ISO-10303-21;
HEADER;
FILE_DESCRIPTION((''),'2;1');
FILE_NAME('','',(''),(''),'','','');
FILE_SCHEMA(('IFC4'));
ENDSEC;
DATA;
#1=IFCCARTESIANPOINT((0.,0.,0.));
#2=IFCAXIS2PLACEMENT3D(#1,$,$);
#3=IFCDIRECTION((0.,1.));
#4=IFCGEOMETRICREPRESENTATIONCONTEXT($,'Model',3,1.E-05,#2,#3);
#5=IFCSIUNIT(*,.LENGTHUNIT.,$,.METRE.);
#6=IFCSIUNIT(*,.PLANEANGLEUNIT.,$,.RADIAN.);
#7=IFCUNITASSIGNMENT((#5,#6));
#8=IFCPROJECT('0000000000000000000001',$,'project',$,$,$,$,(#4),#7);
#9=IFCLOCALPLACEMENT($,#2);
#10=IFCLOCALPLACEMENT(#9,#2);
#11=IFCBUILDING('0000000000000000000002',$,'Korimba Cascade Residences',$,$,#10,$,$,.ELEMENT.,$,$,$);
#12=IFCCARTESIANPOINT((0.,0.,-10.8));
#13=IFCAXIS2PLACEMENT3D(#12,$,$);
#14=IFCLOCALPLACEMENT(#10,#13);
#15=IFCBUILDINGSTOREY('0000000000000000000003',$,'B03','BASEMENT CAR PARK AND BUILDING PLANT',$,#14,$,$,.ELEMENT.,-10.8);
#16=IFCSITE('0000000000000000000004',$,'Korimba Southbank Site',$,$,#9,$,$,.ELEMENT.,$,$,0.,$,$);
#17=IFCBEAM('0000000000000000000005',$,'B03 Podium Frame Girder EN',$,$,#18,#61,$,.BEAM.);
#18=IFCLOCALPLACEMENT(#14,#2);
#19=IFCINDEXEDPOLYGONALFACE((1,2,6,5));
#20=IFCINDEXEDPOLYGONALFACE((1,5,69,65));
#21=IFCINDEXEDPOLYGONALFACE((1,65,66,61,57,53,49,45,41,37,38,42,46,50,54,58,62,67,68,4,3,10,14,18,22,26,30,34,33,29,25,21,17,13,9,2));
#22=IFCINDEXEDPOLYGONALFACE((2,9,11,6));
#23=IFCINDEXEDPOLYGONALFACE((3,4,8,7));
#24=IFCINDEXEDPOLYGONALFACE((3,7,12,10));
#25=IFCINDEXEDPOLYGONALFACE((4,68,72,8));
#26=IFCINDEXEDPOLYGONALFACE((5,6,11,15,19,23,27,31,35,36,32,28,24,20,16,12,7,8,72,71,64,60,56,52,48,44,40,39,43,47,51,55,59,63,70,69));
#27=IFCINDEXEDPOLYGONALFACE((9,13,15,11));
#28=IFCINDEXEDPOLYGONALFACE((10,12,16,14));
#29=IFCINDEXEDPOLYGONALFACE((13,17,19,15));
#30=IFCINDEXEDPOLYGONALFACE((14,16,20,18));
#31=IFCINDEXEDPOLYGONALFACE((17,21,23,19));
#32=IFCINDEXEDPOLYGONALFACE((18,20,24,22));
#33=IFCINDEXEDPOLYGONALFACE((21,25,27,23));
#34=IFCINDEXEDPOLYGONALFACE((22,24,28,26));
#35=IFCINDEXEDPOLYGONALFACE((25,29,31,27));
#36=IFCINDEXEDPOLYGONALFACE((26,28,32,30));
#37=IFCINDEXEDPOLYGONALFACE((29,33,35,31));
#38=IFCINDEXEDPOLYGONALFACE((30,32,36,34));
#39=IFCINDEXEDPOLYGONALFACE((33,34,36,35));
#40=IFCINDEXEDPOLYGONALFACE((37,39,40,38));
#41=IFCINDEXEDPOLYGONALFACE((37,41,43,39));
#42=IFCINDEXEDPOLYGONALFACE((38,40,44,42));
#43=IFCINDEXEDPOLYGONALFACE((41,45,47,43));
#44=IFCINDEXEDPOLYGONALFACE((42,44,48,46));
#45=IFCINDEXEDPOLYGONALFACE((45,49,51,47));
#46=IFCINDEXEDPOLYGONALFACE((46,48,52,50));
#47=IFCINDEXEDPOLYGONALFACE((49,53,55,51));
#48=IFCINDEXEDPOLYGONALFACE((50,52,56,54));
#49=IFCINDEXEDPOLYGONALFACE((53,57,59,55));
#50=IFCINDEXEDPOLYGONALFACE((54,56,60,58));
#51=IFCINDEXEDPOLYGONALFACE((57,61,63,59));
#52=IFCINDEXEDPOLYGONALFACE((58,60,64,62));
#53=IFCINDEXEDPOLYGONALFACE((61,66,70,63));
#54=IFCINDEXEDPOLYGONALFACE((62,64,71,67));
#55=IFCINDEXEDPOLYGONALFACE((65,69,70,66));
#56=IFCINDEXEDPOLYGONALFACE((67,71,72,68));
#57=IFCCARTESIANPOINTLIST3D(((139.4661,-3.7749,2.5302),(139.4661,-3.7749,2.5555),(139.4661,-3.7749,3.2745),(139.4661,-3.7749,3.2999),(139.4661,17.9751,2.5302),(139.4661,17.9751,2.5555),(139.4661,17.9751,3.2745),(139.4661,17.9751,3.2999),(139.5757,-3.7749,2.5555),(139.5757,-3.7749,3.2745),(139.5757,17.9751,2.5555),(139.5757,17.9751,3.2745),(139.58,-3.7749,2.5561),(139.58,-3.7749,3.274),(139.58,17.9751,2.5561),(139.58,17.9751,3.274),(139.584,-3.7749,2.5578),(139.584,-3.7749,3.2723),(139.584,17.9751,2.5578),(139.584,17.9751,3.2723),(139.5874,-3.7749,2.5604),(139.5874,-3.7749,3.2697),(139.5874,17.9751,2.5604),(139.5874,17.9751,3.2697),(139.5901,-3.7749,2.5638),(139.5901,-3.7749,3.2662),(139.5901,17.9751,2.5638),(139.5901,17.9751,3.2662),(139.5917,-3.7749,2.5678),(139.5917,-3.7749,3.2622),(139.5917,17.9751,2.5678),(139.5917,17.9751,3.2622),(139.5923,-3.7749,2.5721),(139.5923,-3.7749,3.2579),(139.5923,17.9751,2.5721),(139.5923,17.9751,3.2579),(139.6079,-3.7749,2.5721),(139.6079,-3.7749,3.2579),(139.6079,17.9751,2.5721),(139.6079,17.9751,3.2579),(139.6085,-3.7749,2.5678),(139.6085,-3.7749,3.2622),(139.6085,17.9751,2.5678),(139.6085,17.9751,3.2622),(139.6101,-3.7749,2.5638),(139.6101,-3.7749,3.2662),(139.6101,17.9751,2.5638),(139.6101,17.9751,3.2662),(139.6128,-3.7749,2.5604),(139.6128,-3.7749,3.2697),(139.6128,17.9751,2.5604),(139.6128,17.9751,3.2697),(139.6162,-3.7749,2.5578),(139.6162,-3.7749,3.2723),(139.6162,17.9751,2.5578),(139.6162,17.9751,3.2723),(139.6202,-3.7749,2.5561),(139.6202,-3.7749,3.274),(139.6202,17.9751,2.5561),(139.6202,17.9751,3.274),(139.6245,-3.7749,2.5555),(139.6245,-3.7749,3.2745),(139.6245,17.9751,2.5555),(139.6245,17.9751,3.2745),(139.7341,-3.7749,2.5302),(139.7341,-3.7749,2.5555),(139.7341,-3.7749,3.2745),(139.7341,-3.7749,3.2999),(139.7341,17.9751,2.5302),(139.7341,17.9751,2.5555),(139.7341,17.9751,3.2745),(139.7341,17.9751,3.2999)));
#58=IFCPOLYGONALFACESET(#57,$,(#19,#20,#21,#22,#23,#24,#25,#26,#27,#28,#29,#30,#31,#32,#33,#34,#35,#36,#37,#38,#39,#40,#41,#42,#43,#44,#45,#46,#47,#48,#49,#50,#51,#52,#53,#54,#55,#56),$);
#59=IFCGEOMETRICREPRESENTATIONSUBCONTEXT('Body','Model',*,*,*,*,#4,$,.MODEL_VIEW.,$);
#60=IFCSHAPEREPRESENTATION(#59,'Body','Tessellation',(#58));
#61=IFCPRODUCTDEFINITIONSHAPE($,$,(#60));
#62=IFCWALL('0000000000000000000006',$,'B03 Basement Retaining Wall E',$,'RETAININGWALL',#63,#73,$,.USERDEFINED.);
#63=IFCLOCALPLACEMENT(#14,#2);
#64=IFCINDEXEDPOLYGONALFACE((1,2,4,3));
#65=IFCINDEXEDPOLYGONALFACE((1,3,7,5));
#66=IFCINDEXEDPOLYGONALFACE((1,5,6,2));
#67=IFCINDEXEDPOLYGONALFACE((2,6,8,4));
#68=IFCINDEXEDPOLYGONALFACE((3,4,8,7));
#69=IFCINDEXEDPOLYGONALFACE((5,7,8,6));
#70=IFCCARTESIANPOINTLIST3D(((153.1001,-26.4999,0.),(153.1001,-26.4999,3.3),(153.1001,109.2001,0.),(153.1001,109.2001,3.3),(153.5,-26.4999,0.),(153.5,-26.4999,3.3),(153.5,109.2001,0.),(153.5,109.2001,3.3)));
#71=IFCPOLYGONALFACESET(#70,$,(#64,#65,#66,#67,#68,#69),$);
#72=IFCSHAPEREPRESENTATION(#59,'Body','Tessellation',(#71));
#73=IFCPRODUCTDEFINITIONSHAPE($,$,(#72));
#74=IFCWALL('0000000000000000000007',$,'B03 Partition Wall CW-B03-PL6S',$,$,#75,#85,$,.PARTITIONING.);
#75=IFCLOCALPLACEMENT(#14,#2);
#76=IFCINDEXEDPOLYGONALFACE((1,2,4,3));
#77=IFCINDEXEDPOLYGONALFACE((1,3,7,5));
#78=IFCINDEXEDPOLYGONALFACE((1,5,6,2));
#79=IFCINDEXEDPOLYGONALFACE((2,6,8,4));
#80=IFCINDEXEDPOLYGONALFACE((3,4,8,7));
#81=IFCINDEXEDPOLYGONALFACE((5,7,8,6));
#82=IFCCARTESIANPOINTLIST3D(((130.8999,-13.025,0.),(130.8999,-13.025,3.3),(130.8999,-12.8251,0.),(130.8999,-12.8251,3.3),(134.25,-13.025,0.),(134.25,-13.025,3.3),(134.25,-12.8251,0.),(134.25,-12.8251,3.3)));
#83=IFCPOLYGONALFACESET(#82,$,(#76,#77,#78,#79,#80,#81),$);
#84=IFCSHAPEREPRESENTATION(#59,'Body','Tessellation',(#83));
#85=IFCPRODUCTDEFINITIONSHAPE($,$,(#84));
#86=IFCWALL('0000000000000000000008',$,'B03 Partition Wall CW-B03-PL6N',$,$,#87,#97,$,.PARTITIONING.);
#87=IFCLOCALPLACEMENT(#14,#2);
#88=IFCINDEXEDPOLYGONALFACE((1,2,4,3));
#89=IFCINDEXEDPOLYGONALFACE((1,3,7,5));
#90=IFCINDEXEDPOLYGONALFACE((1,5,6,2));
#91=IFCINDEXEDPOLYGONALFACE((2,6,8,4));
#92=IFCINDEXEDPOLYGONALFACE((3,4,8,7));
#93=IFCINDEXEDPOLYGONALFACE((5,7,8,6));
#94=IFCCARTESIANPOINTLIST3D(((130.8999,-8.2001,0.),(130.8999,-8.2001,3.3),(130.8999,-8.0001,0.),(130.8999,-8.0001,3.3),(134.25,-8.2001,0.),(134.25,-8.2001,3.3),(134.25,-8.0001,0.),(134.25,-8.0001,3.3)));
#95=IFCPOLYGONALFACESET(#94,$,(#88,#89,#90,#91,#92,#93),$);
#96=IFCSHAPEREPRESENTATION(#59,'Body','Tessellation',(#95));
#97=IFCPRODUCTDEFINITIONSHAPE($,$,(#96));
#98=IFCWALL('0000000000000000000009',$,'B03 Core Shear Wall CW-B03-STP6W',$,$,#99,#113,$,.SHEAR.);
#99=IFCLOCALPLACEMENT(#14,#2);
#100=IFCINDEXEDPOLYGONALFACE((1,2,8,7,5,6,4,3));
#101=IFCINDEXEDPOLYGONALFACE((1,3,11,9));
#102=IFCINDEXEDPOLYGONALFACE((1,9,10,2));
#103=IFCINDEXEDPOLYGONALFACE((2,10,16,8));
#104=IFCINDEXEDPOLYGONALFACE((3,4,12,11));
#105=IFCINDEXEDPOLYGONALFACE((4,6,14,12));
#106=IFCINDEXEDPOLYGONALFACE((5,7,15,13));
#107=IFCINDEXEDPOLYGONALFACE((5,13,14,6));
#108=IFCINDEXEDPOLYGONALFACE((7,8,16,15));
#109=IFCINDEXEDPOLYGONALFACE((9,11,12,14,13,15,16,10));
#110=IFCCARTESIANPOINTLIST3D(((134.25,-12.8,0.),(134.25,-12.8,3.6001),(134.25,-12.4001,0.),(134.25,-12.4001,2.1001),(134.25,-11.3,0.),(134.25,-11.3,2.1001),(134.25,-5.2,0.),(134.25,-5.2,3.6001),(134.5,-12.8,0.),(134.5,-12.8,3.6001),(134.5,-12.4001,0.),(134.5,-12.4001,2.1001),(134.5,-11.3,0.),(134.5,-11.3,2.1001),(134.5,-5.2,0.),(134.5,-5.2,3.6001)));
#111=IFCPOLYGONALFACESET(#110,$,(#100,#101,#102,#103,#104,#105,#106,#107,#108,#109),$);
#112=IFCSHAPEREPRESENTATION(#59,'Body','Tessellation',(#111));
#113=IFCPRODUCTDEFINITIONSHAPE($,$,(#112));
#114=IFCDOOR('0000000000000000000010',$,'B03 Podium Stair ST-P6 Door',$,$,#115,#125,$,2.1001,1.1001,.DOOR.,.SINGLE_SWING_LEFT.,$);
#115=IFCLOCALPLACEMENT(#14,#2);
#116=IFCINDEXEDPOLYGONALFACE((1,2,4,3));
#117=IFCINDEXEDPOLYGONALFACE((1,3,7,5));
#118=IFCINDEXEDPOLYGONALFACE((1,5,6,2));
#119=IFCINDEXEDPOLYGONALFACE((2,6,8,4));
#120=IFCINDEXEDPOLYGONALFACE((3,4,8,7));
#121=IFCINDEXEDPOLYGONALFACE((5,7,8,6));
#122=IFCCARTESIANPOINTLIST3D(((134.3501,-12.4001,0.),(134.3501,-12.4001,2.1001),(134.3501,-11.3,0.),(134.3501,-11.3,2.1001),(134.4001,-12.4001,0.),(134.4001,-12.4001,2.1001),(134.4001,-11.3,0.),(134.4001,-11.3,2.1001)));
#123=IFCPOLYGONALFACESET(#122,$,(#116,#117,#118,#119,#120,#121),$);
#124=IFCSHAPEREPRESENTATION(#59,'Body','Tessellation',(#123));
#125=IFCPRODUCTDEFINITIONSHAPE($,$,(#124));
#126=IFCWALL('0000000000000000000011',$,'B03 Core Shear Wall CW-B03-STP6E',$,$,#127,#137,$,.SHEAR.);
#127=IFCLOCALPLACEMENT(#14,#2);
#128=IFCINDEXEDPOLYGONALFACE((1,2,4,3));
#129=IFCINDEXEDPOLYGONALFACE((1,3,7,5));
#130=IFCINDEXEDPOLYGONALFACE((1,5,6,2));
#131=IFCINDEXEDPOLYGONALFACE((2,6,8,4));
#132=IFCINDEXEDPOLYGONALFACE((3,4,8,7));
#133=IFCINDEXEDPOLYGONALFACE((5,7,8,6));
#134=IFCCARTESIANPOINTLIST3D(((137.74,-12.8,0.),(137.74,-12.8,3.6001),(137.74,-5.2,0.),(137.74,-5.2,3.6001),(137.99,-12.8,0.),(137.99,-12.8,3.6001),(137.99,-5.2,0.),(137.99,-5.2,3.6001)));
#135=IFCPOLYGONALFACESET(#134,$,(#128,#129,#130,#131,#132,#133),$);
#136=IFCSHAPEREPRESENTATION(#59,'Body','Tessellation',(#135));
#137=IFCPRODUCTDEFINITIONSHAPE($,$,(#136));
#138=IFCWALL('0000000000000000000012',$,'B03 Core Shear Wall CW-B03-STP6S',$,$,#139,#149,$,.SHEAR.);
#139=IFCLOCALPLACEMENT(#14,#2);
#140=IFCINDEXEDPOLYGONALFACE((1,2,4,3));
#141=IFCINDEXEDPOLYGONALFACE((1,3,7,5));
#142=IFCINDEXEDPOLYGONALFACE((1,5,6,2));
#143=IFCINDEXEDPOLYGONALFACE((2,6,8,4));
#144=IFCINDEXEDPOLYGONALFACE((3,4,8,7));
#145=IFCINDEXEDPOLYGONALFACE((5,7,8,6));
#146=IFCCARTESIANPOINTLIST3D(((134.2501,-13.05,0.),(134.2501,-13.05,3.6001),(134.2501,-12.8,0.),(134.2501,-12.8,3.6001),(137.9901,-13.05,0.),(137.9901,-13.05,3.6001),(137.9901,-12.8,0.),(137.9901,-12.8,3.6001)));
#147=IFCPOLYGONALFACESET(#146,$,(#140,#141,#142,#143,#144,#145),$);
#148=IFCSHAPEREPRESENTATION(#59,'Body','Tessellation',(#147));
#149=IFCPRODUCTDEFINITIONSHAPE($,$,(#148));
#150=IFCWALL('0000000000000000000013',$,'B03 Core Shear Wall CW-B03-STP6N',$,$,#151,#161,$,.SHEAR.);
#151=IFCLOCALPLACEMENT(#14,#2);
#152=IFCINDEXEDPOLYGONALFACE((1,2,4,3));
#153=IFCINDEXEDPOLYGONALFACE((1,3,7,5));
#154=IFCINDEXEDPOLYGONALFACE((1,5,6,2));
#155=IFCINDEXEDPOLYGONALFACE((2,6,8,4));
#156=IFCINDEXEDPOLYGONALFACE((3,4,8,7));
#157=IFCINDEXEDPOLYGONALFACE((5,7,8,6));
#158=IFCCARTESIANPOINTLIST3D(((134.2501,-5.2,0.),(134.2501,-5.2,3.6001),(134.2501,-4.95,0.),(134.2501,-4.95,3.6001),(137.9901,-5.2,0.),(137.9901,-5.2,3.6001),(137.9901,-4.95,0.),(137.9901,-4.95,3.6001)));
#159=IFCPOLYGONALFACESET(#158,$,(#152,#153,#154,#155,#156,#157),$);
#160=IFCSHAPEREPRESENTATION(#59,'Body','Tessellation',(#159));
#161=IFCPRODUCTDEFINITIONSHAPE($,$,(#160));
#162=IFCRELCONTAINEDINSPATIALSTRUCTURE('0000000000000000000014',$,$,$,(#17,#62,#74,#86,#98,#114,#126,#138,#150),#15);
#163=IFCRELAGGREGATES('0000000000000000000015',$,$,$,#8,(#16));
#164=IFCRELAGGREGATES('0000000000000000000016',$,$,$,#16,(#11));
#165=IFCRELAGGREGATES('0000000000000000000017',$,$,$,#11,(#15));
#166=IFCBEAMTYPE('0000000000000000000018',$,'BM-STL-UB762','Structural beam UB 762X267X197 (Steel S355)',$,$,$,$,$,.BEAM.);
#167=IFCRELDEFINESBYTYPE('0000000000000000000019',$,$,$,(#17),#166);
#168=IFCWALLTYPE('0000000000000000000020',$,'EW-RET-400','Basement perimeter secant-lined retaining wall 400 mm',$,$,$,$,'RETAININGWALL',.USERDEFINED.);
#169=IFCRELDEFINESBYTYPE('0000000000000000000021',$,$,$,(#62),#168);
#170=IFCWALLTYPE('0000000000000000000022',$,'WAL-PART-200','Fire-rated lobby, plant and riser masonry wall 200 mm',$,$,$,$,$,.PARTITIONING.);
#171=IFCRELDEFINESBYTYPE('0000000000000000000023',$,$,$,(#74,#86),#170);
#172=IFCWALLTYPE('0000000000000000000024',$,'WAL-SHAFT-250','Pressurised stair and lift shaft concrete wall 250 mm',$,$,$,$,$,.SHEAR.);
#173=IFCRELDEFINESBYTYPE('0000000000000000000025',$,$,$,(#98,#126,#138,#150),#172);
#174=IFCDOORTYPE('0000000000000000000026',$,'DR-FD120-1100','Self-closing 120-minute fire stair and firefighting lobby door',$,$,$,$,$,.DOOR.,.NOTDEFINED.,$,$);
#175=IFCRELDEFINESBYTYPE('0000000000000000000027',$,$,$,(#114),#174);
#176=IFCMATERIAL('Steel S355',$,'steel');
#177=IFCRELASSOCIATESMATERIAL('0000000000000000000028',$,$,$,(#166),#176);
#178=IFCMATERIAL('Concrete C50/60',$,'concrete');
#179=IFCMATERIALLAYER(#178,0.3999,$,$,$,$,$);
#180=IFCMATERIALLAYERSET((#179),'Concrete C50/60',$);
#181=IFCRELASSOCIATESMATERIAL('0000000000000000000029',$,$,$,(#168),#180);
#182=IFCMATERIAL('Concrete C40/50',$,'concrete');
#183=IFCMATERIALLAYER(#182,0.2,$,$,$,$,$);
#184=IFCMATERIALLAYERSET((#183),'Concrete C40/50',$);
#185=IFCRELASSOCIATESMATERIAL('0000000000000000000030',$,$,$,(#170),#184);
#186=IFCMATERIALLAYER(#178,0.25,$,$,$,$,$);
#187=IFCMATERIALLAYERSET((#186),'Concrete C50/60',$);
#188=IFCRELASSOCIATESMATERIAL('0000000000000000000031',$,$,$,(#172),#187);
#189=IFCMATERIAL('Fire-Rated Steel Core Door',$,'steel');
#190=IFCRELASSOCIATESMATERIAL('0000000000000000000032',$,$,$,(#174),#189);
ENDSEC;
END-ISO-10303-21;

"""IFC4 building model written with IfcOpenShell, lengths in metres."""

from ifc_helpers import new_model, si_unit, direction, frame, frame_2d, origin, origin_2d, place, context, subcontext, project, spatial, rectangle, i_section, extrude, material, layer, layer_set, material_profile, profile_set, type_object, element, fill, save


model = new_model("IFC4")

# Units and contexts
model_context = context("Model", 3, precision=1e-05, world=origin(), true_north=direction((0.0, 1.0)))
body_context = subcontext(model_context, "Body", "Model", "MODEL_VIEW")
ifc_project = project(units=[si_unit("LENGTHUNIT", "METRE"), si_unit("PLANEANGLEUNIT", "RADIAN")], contexts=[model_context])

# Site, building, storey
site_placement = place(None, origin())
site = spatial("IfcSite", under=ifc_project, at=site_placement, Name="Korimba Southbank Site", CompositionType="ELEMENT", RefElevation=0.0)
building_placement = place(site_placement, origin())
building = spatial("IfcBuilding", under=site, at=building_placement, Name="Korimba Cascade Residences", CompositionType="ELEMENT")
storey_placement = place(building_placement, frame((0.0, 0.0, -10.8)))
storey = spatial("IfcBuildingStorey", under=building, at=storey_placement, Name="B03", Description="BASEMENT CAR PARK AND BUILDING PLANT", CompositionType="ELEMENT", Elevation=-10.8)

# Shared definitions
ifc_material_1 = material(Name="Concrete C50/60", Category="concrete")

# Beam
ifc_material_2 = material(Name="Steel S355", Category="steel")
ifc_material_profile_1 = material_profile(ifc_material_2, i_section(OverallWidth=0.2681, OverallDepth=0.7698, WebThickness=0.0156, FlangeThickness=0.0254, FilletRadius=0.0166, at=origin_2d()), Name="Steel S355")
ifc_profile_set_1 = profile_set([ifc_material_profile_1], Name="Steel S355")
beam_type_1 = type_object("IfcBeamType", Name="BM-STL-UB762", Description="Structural beam UB 762X267X197 (Steel S355)", PredefinedType="BEAM", material=ifc_profile_set_1)
beam_1_placement = place(storey_placement, frame((139.6001, -3.7749, 2.915), z_axis=(0.0, 1.0, 0.0), x_axis=(-1.0, 0.0, 0.0)))
element("IfcBeam", 1, at=beam_1_placement, inside=storey, type_object=beam_type_1, Name="B03 Podium Frame Girder EN", PredefinedType="BEAM", context=body_context, shape_type="SweptSolid", body=[
    extrude(i_section(OverallWidth=0.2681, OverallDepth=0.7698, WebThickness=0.0156, FlangeThickness=0.0254, FilletRadius=0.0166, at=origin_2d()), origin(), (0.0, 0.0, 1.0), 21.75),
])

# Wall
ifc_layer_1 = layer(ifc_material_1, 0.3999)
ifc_layer_set_1 = layer_set([ifc_layer_1], Name="Concrete C50/60")
wall_type_1 = type_object("IfcWallType", Name="EW-RET-400", Description="Basement perimeter secant-lined retaining wall 400 mm", ElementType="RETAININGWALL", PredefinedType="USERDEFINED", material=ifc_layer_set_1)
wall_1_placement = place(storey_placement, frame((153.3, -26.5, 0.0), z_axis=(0.0, 0.0, 1.0), x_axis=(0.0, 1.0, 0.0)))
element("IfcWall", 2, at=wall_1_placement, inside=storey, type_object=wall_type_1, Name="B03 Basement Retaining Wall E", ObjectType="RETAININGWALL", PredefinedType="USERDEFINED", context=body_context, shape_type="SweptSolid", body=[
    extrude(rectangle(XDim=135.7, YDim=0.3999, at=frame_2d((67.8501, 0.0))), origin(), (0.0, 0.0, 1.0), 3.3),
])

# Shared definitions
ifc_material_3 = material(Name="Concrete C40/50", Category="concrete")
ifc_layer_2 = layer(ifc_material_3, 0.2)
ifc_layer_set_2 = layer_set([ifc_layer_2], Name="Concrete C40/50")
wall_type_2 = type_object("IfcWallType", Name="WAL-PART-200", Description="Fire-rated lobby, plant and riser masonry wall 200 mm", PredefinedType="PARTITIONING", material=ifc_layer_set_2)

# Walls
for number, where, z_axis, x_axis, name in (
    (3, (130.8999, -12.925, 0.0), (0.0, 0.0, 1.0), (1.0, 0.0, 0.0), "B03 Partition Wall CW-B03-PL6S"),
    (4, (130.8999, -8.1001, 0.0), (0.0, 0.0, 1.0), (1.0, 0.0, 0.0), "B03 Partition Wall CW-B03-PL6N"),
):
    element("IfcWall", number, at=place(storey_placement, frame(where, z_axis=z_axis, x_axis=x_axis)), inside=storey, type_object=wall_type_2, Name=name, PredefinedType="PARTITIONING", context=body_context, shape_type="SweptSolid", body=[
        extrude(rectangle(XDim=3.3501, YDim=0.2, at=frame_2d((1.675, 0.0))), origin(), (0.0, 0.0, 1.0), 3.3),
    ])

# Wall, opening, door
ifc_layer_3 = layer(ifc_material_1, 0.25)
ifc_layer_set_3 = layer_set([ifc_layer_3], Name="Concrete C50/60")
wall_type_3 = type_object("IfcWallType", Name="WAL-SHAFT-250", Description="Pressurised stair and lift shaft concrete wall 250 mm", PredefinedType="SHEAR", material=ifc_layer_set_3)
wall_2_placement = place(storey_placement, frame((134.375, -12.8, 0.0), z_axis=(0.0, 0.0, 1.0), x_axis=(0.0, 1.0, 0.0)))
wall_2 = element("IfcWall", 5, at=wall_2_placement, inside=storey, type_object=wall_type_3, Name="B03 Core Shear Wall CW-B03-STP6W", PredefinedType="SHEAR", context=body_context, shape_type="SweptSolid", body=[
    extrude(rectangle(XDim=7.6001, YDim=0.25, at=frame_2d((3.8, 0.0))), origin(), (0.0, 0.0, 1.0), 3.6001),
])
opening_1_placement = place(wall_2_placement, frame((0.3999, 0.0, 0.0)))
opening_1 = element("IfcOpeningElement", 6, at=opening_1_placement, cuts=wall_2, PredefinedType="OPENING", context=body_context, shape_type="SweptSolid", body=[
    extrude(rectangle(XDim=1.1001, YDim=2.1001, at=frame_2d((0.55, 1.05))), frame((0.0, 0.135, 0.0), z_axis=(0.0, -1.0, 0.0), x_axis=(1.0, 0.0, 0.0)), (0.0, 0.0, 1.0), 0.27),
])
ifc_material_4 = material(Name="Fire-Rated Steel Core Door", Category="steel")
door_type_1 = type_object("IfcDoorType", Name="DR-FD120-1100", Description="Self-closing 120-minute fire stair and firefighting lobby door", OperationType="NOTDEFINED", PredefinedType="DOOR", material=ifc_material_4)
door_1_placement = place(opening_1_placement, origin())
door_1 = element("IfcDoor", 7, at=door_1_placement, inside=storey, type_object=door_type_1, Name="B03 Podium Stair ST-P6 Door", OperationType="SINGLE_SWING_LEFT", OverallHeight=2.1001, OverallWidth=1.1001, PredefinedType="DOOR", context=body_context, shape_type="SweptSolid", body=[
    extrude(rectangle(XDim=1.1001, YDim=2.1001, at=frame_2d((0.55, 1.05))), frame((0.0, 0.0249, 0.0), z_axis=(0.0, -1.0, 0.0), x_axis=(1.0, 0.0, 0.0)), (0.0, 0.0, 1.0), 0.05),
])
fill(opening_1, door_1)

# Walls
wall_3_placement = place(storey_placement, frame((137.865, -12.8, 0.0), z_axis=(0.0, 0.0, 1.0), x_axis=(0.0, 1.0, 0.0)))
element("IfcWall", 8, at=wall_3_placement, inside=storey, type_object=wall_type_3, Name="B03 Core Shear Wall CW-B03-STP6E", PredefinedType="SHEAR", context=body_context, shape_type="SweptSolid", body=[
    extrude(rectangle(XDim=7.6001, YDim=0.25, at=frame_2d((3.8, 0.0))), origin(), (0.0, 0.0, 1.0), 3.6001),
])
for number, where, z_axis, x_axis, name in (
    (9, (134.25, -12.925, 0.0), (0.0, 0.0, 1.0), (1.0, 0.0, 0.0), "B03 Core Shear Wall CW-B03-STP6S"),
    (10, (134.25, -5.075, 0.0), (0.0, 0.0, 1.0), (1.0, 0.0, 0.0), "B03 Core Shear Wall CW-B03-STP6N"),
):
    element("IfcWall", number, at=place(storey_placement, frame(where, z_axis=z_axis, x_axis=x_axis)), inside=storey, type_object=wall_type_3, Name=name, PredefinedType="SHEAR", context=body_context, shape_type="SweptSolid", body=[
        extrude(rectangle(XDim=3.74, YDim=0.25, at=frame_2d((1.8701, 0.0))), origin(), (0.0, 0.0, 1.0), 3.6001),
    ])

save(model, "model.ifc")
